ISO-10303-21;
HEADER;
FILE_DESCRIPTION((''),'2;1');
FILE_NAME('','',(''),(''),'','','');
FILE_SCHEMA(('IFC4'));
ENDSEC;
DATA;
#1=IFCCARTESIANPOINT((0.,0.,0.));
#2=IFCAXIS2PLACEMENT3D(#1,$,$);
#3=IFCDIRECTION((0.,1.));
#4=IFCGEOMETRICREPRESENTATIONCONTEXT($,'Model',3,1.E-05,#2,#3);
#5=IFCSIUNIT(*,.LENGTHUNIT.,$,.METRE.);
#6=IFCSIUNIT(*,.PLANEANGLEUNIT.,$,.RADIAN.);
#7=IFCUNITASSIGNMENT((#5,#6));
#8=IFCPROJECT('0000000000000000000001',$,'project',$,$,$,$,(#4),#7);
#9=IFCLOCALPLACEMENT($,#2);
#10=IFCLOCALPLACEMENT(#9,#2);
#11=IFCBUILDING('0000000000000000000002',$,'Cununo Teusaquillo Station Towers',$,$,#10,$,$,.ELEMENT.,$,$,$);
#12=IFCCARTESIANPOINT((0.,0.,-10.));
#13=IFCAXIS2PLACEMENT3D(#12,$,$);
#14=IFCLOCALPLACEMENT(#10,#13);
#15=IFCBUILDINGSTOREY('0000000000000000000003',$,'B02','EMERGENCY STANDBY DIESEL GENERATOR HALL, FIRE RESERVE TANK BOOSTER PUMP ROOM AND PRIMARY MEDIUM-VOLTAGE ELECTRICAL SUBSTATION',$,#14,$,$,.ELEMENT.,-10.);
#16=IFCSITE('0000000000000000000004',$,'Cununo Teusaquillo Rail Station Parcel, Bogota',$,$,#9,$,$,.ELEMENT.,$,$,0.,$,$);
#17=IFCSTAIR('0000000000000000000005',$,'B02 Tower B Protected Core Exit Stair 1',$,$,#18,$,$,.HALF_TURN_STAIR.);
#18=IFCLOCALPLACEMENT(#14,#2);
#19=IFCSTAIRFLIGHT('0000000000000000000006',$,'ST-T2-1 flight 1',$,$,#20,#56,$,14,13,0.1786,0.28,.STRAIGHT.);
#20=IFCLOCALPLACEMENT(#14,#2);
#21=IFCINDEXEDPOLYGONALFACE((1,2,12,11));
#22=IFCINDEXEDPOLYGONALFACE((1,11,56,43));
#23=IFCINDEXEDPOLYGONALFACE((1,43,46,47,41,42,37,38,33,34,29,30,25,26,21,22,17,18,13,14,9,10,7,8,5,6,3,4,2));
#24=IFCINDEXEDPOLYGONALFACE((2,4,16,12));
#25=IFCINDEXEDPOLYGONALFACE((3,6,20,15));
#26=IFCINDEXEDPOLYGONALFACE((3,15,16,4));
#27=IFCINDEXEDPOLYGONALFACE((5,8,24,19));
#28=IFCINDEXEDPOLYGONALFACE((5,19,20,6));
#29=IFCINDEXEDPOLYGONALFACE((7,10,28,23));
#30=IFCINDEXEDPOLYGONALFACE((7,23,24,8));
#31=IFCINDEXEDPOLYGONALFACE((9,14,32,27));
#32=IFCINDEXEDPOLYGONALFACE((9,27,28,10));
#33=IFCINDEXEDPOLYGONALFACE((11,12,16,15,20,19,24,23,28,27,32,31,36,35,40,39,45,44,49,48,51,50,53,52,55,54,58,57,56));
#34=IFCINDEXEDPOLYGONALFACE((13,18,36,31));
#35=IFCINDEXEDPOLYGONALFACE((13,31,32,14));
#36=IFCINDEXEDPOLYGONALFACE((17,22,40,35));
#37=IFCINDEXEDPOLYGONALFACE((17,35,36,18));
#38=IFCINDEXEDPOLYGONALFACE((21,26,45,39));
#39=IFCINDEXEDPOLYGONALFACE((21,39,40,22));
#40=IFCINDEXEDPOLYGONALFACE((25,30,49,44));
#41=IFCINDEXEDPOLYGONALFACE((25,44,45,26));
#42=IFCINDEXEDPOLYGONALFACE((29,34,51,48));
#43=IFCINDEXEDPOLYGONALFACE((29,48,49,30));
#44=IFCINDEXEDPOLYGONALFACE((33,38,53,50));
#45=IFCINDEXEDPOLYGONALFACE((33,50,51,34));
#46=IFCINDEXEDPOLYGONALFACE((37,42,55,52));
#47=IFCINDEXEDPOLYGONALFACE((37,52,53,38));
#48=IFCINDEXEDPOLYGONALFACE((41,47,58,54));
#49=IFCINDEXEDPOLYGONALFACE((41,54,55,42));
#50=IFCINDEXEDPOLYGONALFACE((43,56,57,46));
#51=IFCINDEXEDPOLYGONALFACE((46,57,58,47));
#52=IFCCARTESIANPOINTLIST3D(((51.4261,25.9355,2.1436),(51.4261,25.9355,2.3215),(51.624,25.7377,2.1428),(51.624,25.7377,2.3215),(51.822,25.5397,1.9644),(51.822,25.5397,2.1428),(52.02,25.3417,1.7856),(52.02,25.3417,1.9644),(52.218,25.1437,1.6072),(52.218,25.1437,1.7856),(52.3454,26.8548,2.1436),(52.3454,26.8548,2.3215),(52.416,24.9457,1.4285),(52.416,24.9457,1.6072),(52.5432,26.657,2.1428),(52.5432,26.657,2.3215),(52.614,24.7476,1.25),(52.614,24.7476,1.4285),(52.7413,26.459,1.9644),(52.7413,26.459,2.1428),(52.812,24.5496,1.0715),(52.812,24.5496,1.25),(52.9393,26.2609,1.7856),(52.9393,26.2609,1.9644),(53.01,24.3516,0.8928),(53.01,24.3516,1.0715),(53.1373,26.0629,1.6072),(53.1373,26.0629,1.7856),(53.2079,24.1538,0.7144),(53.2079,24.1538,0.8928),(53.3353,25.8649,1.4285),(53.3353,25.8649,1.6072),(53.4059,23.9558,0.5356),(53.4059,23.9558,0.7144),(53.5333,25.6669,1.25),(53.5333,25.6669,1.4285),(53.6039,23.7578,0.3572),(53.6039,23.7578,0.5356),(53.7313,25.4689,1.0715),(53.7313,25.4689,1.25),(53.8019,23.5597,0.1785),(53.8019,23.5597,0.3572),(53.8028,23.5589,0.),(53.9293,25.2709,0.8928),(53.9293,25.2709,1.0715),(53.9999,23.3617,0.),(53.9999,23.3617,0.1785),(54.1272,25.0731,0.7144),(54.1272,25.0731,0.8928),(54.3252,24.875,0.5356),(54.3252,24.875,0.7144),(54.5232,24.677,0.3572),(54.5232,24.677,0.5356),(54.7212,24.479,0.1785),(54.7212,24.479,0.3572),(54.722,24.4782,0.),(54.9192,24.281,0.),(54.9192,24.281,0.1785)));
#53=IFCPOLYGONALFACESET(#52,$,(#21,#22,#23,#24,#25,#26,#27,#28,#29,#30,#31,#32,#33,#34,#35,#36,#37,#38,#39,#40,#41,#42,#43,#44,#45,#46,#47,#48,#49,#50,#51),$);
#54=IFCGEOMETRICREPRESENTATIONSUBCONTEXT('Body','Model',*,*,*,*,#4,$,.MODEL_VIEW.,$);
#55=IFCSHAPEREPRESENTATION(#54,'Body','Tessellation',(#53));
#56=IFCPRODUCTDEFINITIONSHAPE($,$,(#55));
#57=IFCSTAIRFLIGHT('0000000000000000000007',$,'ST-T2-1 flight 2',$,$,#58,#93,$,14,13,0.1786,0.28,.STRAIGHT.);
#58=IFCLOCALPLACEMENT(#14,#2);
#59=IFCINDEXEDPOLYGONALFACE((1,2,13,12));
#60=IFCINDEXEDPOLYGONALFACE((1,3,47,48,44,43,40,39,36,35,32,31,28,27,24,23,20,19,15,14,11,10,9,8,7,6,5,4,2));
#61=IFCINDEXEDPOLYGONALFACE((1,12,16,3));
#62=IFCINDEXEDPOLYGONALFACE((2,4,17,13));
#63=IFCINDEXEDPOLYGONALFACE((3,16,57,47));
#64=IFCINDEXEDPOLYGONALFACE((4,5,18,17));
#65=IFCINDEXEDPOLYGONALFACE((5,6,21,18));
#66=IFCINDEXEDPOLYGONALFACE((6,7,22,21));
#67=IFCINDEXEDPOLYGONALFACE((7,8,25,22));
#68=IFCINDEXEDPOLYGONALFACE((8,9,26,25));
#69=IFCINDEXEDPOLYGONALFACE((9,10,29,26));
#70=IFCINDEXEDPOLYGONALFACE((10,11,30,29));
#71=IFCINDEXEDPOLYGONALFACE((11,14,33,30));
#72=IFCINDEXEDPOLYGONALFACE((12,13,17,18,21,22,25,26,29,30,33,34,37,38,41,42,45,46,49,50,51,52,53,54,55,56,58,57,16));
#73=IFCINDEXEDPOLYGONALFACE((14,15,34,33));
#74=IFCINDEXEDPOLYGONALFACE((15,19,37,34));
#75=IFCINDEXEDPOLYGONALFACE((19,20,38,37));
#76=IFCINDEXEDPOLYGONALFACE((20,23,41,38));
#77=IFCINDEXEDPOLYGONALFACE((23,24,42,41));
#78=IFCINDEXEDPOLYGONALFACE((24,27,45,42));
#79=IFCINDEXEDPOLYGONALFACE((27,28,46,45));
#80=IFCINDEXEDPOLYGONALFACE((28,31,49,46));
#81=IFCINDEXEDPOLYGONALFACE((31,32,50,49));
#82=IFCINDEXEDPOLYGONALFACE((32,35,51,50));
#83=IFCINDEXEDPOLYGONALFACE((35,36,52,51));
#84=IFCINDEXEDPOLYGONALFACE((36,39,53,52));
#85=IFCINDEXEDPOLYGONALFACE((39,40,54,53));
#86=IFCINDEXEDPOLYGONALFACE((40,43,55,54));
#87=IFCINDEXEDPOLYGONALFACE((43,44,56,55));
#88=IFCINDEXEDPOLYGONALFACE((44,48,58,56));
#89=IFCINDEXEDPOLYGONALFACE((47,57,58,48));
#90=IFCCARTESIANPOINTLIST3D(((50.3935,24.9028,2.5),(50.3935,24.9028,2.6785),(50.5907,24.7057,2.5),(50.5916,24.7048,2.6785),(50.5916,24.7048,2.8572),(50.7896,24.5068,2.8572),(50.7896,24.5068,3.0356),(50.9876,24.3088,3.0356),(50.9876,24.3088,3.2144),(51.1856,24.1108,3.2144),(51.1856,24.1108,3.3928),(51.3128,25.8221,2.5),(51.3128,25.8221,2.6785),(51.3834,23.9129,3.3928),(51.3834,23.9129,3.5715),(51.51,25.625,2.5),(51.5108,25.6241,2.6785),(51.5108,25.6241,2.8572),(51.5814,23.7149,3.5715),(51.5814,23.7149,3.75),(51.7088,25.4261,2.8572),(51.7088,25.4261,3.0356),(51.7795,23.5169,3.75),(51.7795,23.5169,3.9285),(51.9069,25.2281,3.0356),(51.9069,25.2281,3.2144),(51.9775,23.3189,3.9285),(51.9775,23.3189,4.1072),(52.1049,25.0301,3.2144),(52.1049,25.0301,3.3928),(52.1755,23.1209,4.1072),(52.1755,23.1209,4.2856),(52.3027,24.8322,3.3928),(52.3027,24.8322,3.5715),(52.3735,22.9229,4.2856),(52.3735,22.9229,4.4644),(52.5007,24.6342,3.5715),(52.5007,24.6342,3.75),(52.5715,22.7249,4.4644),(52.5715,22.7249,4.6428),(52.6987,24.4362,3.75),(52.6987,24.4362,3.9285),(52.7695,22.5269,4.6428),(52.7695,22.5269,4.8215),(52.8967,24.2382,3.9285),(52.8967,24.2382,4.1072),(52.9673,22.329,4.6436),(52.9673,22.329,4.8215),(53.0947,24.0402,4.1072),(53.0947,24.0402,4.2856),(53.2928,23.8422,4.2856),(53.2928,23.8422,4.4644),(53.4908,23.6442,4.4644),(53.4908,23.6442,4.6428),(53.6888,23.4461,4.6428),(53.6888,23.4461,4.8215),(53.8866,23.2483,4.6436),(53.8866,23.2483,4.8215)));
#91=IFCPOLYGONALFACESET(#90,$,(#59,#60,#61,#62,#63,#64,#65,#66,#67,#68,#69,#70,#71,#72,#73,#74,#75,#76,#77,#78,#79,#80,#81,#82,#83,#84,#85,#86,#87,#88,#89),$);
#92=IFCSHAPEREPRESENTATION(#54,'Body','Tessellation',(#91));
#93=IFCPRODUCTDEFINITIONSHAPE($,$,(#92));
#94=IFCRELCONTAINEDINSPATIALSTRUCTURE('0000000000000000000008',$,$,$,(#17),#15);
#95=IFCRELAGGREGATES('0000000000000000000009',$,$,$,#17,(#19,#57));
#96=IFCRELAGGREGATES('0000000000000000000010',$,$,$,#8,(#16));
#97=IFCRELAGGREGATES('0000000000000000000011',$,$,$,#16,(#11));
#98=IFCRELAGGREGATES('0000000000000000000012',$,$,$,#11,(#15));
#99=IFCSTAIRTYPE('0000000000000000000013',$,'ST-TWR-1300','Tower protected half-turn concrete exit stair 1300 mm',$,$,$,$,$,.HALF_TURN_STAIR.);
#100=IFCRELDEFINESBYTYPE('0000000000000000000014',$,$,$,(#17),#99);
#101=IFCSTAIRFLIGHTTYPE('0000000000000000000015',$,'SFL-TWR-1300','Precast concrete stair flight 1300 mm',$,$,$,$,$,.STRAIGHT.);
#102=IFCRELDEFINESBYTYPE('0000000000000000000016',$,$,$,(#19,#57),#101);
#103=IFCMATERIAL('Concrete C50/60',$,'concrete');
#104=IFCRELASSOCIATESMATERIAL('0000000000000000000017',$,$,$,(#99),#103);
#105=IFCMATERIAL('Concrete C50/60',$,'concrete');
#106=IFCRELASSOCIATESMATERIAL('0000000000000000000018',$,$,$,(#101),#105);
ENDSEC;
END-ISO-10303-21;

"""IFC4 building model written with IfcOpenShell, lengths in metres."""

from ifc_helpers import new_model, si_unit, direction, frame, origin, place, context, subcontext, project, spatial, polyline, outline, extrude, material, type_object, element, aggregate, save


model = new_model("IFC4")

# Units and contexts
model_context = context("Model", 3, precision=1e-05, world=origin(), true_north=direction((0.0, 1.0)))
body_context = subcontext(model_context, "Body", "Model", "MODEL_VIEW")
ifc_project = project(units=[si_unit("LENGTHUNIT", "METRE"), si_unit("PLANEANGLEUNIT", "RADIAN")], contexts=[model_context])

# Site, building, storey
site_placement = place(None, origin())
site = spatial("IfcSite", under=ifc_project, at=site_placement, Name="Cununo Teusaquillo Rail Station Parcel, Bogota", CompositionType="ELEMENT", RefElevation=0.0)
building_placement = place(site_placement, origin())
building = spatial("IfcBuilding", under=site, at=building_placement, Name="Cununo Teusaquillo Station Towers", CompositionType="ELEMENT")
storey_placement = place(building_placement, frame((0.0, 0.0, -10.0)))
storey = spatial("IfcBuildingStorey", under=building, at=storey_placement, Name="B02", Description="EMERGENCY STANDBY DIESEL GENERATOR HALL, FIRE RESERVE TANK BOOSTER PUMP ROOM AND PRIMARY MEDIUM-VOLTAGE ELECTRICAL SUBSTATION", CompositionType="ELEMENT", Elevation=-10.0)

# Stair, stair flights
ifc_material_1 = material(Name="Concrete C50/60", Category="concrete")
stair_type = type_object("IfcStairType", Name="ST-TWR-1300", Description="Tower protected half-turn concrete exit stair 1300 mm", PredefinedType="HALF_TURN_STAIR", material=ifc_material_1)
stair_placement = place(storey_placement, origin())
stair = element("IfcStair", 1, at=stair_placement, inside=storey, type_object=stair_type, Name="B02 Tower B Protected Core Exit Stair 1", PredefinedType="HALF_TURN_STAIR")
ifc_material_2 = material(Name="Concrete C50/60", Category="concrete")
stair_flight_type = type_object("IfcStairFlightType", Name="SFL-TWR-1300", Description="Precast concrete stair flight 1300 mm", PredefinedType="STRAIGHT", material=ifc_material_2)
stair_flight_1_placement = place(storey_placement, frame((54.4595, 23.8213, 0.0), z_axis=(0.0, 0.0, 1.0), x_axis=(-0.707107, 0.707107, 0.0)))
stair_flight_1 = element("IfcStairFlight", 2, at=stair_flight_1_placement, type_object=stair_flight_type, Name="ST-T2-1 flight 1", NumberOfRisers=14, NumberOfTreads=13, PredefinedType="STRAIGHT", RiserHeight=0.1786, TreadLength=0.28, context=body_context, shape_type="SweptSolid", body=[
    extrude(outline(polyline([(0.0, 0.0), (0.0, 0.1785), (0.28, 0.1785), (0.28, 0.3572), (0.5601, 0.3572), (0.5601, 0.5356), (0.8401, 0.5356), (0.8401, 0.7144), (1.1201, 0.7144), (1.1201, 0.8928), (1.3999, 0.8928), (1.3999, 1.0715), (1.6799, 1.0715), (1.6799, 1.25), (1.96, 1.25), (1.96, 1.4285), (2.24, 1.4285), (2.24, 1.6072), (2.52, 1.6072), (2.52, 1.7856), (2.8, 1.7856), (2.8, 1.9644), (3.0801, 1.9644), (3.0801, 2.1428), (3.3601, 2.1428), (3.3601, 2.3215), (3.6399, 2.3215), (3.6399, 2.5), (3.6399, 2.1436), (0.2788, 0.0), (0.0, 0.0)])), frame((0.0, 0.6499, 0.0), z_axis=(0.0, -1.0, 0.0), x_axis=(1.0, 0.0, 0.0)), (0.0, 0.0, 1.0), 1.3),
])
stair_flight_2_placement = place(storey_placement, frame((50.8533, 25.3625, 2.5), z_axis=(0.0, 0.0, 1.0), x_axis=(0.707107, -0.707107, 0.0)))
stair_flight_2 = element("IfcStairFlight", 3, at=stair_flight_2_placement, type_object=stair_flight_type, Name="ST-T2-1 flight 2", NumberOfRisers=14, NumberOfTreads=13, PredefinedType="STRAIGHT", RiserHeight=0.1786, TreadLength=0.28, context=body_context, shape_type="SweptSolid", body=[
    extrude(outline(polyline([(0.0, 0.0), (0.0, 0.1785), (0.28, 0.1785), (0.28, 0.3572), (0.5601, 0.3572), (0.5601, 0.5356), (0.8401, 0.5356), (0.8401, 0.7144), (1.1201, 0.7144), (1.1201, 0.8928), (1.3999, 0.8928), (1.3999, 1.0715), (1.6799, 1.0715), (1.6799, 1.25), (1.96, 1.25), (1.96, 1.4285), (2.24, 1.4285), (2.24, 1.6072), (2.52, 1.6072), (2.52, 1.7856), (2.8, 1.7856), (2.8, 1.9644), (3.0801, 1.9644), (3.0801, 2.1428), (3.3601, 2.1428), (3.3601, 2.3215), (3.6399, 2.3215), (3.6399, 2.5), (3.6399, 2.1436), (0.2788, 0.0), (0.0, 0.0)])), frame((0.0, 0.6499, 0.0), z_axis=(0.0, -1.0, 0.0), x_axis=(1.0, 0.0, 0.0)), (0.0, 0.0, 1.0), 1.3),
])
aggregate(stair, [stair_flight_1, stair_flight_2])

save(model, "model.ifc")
